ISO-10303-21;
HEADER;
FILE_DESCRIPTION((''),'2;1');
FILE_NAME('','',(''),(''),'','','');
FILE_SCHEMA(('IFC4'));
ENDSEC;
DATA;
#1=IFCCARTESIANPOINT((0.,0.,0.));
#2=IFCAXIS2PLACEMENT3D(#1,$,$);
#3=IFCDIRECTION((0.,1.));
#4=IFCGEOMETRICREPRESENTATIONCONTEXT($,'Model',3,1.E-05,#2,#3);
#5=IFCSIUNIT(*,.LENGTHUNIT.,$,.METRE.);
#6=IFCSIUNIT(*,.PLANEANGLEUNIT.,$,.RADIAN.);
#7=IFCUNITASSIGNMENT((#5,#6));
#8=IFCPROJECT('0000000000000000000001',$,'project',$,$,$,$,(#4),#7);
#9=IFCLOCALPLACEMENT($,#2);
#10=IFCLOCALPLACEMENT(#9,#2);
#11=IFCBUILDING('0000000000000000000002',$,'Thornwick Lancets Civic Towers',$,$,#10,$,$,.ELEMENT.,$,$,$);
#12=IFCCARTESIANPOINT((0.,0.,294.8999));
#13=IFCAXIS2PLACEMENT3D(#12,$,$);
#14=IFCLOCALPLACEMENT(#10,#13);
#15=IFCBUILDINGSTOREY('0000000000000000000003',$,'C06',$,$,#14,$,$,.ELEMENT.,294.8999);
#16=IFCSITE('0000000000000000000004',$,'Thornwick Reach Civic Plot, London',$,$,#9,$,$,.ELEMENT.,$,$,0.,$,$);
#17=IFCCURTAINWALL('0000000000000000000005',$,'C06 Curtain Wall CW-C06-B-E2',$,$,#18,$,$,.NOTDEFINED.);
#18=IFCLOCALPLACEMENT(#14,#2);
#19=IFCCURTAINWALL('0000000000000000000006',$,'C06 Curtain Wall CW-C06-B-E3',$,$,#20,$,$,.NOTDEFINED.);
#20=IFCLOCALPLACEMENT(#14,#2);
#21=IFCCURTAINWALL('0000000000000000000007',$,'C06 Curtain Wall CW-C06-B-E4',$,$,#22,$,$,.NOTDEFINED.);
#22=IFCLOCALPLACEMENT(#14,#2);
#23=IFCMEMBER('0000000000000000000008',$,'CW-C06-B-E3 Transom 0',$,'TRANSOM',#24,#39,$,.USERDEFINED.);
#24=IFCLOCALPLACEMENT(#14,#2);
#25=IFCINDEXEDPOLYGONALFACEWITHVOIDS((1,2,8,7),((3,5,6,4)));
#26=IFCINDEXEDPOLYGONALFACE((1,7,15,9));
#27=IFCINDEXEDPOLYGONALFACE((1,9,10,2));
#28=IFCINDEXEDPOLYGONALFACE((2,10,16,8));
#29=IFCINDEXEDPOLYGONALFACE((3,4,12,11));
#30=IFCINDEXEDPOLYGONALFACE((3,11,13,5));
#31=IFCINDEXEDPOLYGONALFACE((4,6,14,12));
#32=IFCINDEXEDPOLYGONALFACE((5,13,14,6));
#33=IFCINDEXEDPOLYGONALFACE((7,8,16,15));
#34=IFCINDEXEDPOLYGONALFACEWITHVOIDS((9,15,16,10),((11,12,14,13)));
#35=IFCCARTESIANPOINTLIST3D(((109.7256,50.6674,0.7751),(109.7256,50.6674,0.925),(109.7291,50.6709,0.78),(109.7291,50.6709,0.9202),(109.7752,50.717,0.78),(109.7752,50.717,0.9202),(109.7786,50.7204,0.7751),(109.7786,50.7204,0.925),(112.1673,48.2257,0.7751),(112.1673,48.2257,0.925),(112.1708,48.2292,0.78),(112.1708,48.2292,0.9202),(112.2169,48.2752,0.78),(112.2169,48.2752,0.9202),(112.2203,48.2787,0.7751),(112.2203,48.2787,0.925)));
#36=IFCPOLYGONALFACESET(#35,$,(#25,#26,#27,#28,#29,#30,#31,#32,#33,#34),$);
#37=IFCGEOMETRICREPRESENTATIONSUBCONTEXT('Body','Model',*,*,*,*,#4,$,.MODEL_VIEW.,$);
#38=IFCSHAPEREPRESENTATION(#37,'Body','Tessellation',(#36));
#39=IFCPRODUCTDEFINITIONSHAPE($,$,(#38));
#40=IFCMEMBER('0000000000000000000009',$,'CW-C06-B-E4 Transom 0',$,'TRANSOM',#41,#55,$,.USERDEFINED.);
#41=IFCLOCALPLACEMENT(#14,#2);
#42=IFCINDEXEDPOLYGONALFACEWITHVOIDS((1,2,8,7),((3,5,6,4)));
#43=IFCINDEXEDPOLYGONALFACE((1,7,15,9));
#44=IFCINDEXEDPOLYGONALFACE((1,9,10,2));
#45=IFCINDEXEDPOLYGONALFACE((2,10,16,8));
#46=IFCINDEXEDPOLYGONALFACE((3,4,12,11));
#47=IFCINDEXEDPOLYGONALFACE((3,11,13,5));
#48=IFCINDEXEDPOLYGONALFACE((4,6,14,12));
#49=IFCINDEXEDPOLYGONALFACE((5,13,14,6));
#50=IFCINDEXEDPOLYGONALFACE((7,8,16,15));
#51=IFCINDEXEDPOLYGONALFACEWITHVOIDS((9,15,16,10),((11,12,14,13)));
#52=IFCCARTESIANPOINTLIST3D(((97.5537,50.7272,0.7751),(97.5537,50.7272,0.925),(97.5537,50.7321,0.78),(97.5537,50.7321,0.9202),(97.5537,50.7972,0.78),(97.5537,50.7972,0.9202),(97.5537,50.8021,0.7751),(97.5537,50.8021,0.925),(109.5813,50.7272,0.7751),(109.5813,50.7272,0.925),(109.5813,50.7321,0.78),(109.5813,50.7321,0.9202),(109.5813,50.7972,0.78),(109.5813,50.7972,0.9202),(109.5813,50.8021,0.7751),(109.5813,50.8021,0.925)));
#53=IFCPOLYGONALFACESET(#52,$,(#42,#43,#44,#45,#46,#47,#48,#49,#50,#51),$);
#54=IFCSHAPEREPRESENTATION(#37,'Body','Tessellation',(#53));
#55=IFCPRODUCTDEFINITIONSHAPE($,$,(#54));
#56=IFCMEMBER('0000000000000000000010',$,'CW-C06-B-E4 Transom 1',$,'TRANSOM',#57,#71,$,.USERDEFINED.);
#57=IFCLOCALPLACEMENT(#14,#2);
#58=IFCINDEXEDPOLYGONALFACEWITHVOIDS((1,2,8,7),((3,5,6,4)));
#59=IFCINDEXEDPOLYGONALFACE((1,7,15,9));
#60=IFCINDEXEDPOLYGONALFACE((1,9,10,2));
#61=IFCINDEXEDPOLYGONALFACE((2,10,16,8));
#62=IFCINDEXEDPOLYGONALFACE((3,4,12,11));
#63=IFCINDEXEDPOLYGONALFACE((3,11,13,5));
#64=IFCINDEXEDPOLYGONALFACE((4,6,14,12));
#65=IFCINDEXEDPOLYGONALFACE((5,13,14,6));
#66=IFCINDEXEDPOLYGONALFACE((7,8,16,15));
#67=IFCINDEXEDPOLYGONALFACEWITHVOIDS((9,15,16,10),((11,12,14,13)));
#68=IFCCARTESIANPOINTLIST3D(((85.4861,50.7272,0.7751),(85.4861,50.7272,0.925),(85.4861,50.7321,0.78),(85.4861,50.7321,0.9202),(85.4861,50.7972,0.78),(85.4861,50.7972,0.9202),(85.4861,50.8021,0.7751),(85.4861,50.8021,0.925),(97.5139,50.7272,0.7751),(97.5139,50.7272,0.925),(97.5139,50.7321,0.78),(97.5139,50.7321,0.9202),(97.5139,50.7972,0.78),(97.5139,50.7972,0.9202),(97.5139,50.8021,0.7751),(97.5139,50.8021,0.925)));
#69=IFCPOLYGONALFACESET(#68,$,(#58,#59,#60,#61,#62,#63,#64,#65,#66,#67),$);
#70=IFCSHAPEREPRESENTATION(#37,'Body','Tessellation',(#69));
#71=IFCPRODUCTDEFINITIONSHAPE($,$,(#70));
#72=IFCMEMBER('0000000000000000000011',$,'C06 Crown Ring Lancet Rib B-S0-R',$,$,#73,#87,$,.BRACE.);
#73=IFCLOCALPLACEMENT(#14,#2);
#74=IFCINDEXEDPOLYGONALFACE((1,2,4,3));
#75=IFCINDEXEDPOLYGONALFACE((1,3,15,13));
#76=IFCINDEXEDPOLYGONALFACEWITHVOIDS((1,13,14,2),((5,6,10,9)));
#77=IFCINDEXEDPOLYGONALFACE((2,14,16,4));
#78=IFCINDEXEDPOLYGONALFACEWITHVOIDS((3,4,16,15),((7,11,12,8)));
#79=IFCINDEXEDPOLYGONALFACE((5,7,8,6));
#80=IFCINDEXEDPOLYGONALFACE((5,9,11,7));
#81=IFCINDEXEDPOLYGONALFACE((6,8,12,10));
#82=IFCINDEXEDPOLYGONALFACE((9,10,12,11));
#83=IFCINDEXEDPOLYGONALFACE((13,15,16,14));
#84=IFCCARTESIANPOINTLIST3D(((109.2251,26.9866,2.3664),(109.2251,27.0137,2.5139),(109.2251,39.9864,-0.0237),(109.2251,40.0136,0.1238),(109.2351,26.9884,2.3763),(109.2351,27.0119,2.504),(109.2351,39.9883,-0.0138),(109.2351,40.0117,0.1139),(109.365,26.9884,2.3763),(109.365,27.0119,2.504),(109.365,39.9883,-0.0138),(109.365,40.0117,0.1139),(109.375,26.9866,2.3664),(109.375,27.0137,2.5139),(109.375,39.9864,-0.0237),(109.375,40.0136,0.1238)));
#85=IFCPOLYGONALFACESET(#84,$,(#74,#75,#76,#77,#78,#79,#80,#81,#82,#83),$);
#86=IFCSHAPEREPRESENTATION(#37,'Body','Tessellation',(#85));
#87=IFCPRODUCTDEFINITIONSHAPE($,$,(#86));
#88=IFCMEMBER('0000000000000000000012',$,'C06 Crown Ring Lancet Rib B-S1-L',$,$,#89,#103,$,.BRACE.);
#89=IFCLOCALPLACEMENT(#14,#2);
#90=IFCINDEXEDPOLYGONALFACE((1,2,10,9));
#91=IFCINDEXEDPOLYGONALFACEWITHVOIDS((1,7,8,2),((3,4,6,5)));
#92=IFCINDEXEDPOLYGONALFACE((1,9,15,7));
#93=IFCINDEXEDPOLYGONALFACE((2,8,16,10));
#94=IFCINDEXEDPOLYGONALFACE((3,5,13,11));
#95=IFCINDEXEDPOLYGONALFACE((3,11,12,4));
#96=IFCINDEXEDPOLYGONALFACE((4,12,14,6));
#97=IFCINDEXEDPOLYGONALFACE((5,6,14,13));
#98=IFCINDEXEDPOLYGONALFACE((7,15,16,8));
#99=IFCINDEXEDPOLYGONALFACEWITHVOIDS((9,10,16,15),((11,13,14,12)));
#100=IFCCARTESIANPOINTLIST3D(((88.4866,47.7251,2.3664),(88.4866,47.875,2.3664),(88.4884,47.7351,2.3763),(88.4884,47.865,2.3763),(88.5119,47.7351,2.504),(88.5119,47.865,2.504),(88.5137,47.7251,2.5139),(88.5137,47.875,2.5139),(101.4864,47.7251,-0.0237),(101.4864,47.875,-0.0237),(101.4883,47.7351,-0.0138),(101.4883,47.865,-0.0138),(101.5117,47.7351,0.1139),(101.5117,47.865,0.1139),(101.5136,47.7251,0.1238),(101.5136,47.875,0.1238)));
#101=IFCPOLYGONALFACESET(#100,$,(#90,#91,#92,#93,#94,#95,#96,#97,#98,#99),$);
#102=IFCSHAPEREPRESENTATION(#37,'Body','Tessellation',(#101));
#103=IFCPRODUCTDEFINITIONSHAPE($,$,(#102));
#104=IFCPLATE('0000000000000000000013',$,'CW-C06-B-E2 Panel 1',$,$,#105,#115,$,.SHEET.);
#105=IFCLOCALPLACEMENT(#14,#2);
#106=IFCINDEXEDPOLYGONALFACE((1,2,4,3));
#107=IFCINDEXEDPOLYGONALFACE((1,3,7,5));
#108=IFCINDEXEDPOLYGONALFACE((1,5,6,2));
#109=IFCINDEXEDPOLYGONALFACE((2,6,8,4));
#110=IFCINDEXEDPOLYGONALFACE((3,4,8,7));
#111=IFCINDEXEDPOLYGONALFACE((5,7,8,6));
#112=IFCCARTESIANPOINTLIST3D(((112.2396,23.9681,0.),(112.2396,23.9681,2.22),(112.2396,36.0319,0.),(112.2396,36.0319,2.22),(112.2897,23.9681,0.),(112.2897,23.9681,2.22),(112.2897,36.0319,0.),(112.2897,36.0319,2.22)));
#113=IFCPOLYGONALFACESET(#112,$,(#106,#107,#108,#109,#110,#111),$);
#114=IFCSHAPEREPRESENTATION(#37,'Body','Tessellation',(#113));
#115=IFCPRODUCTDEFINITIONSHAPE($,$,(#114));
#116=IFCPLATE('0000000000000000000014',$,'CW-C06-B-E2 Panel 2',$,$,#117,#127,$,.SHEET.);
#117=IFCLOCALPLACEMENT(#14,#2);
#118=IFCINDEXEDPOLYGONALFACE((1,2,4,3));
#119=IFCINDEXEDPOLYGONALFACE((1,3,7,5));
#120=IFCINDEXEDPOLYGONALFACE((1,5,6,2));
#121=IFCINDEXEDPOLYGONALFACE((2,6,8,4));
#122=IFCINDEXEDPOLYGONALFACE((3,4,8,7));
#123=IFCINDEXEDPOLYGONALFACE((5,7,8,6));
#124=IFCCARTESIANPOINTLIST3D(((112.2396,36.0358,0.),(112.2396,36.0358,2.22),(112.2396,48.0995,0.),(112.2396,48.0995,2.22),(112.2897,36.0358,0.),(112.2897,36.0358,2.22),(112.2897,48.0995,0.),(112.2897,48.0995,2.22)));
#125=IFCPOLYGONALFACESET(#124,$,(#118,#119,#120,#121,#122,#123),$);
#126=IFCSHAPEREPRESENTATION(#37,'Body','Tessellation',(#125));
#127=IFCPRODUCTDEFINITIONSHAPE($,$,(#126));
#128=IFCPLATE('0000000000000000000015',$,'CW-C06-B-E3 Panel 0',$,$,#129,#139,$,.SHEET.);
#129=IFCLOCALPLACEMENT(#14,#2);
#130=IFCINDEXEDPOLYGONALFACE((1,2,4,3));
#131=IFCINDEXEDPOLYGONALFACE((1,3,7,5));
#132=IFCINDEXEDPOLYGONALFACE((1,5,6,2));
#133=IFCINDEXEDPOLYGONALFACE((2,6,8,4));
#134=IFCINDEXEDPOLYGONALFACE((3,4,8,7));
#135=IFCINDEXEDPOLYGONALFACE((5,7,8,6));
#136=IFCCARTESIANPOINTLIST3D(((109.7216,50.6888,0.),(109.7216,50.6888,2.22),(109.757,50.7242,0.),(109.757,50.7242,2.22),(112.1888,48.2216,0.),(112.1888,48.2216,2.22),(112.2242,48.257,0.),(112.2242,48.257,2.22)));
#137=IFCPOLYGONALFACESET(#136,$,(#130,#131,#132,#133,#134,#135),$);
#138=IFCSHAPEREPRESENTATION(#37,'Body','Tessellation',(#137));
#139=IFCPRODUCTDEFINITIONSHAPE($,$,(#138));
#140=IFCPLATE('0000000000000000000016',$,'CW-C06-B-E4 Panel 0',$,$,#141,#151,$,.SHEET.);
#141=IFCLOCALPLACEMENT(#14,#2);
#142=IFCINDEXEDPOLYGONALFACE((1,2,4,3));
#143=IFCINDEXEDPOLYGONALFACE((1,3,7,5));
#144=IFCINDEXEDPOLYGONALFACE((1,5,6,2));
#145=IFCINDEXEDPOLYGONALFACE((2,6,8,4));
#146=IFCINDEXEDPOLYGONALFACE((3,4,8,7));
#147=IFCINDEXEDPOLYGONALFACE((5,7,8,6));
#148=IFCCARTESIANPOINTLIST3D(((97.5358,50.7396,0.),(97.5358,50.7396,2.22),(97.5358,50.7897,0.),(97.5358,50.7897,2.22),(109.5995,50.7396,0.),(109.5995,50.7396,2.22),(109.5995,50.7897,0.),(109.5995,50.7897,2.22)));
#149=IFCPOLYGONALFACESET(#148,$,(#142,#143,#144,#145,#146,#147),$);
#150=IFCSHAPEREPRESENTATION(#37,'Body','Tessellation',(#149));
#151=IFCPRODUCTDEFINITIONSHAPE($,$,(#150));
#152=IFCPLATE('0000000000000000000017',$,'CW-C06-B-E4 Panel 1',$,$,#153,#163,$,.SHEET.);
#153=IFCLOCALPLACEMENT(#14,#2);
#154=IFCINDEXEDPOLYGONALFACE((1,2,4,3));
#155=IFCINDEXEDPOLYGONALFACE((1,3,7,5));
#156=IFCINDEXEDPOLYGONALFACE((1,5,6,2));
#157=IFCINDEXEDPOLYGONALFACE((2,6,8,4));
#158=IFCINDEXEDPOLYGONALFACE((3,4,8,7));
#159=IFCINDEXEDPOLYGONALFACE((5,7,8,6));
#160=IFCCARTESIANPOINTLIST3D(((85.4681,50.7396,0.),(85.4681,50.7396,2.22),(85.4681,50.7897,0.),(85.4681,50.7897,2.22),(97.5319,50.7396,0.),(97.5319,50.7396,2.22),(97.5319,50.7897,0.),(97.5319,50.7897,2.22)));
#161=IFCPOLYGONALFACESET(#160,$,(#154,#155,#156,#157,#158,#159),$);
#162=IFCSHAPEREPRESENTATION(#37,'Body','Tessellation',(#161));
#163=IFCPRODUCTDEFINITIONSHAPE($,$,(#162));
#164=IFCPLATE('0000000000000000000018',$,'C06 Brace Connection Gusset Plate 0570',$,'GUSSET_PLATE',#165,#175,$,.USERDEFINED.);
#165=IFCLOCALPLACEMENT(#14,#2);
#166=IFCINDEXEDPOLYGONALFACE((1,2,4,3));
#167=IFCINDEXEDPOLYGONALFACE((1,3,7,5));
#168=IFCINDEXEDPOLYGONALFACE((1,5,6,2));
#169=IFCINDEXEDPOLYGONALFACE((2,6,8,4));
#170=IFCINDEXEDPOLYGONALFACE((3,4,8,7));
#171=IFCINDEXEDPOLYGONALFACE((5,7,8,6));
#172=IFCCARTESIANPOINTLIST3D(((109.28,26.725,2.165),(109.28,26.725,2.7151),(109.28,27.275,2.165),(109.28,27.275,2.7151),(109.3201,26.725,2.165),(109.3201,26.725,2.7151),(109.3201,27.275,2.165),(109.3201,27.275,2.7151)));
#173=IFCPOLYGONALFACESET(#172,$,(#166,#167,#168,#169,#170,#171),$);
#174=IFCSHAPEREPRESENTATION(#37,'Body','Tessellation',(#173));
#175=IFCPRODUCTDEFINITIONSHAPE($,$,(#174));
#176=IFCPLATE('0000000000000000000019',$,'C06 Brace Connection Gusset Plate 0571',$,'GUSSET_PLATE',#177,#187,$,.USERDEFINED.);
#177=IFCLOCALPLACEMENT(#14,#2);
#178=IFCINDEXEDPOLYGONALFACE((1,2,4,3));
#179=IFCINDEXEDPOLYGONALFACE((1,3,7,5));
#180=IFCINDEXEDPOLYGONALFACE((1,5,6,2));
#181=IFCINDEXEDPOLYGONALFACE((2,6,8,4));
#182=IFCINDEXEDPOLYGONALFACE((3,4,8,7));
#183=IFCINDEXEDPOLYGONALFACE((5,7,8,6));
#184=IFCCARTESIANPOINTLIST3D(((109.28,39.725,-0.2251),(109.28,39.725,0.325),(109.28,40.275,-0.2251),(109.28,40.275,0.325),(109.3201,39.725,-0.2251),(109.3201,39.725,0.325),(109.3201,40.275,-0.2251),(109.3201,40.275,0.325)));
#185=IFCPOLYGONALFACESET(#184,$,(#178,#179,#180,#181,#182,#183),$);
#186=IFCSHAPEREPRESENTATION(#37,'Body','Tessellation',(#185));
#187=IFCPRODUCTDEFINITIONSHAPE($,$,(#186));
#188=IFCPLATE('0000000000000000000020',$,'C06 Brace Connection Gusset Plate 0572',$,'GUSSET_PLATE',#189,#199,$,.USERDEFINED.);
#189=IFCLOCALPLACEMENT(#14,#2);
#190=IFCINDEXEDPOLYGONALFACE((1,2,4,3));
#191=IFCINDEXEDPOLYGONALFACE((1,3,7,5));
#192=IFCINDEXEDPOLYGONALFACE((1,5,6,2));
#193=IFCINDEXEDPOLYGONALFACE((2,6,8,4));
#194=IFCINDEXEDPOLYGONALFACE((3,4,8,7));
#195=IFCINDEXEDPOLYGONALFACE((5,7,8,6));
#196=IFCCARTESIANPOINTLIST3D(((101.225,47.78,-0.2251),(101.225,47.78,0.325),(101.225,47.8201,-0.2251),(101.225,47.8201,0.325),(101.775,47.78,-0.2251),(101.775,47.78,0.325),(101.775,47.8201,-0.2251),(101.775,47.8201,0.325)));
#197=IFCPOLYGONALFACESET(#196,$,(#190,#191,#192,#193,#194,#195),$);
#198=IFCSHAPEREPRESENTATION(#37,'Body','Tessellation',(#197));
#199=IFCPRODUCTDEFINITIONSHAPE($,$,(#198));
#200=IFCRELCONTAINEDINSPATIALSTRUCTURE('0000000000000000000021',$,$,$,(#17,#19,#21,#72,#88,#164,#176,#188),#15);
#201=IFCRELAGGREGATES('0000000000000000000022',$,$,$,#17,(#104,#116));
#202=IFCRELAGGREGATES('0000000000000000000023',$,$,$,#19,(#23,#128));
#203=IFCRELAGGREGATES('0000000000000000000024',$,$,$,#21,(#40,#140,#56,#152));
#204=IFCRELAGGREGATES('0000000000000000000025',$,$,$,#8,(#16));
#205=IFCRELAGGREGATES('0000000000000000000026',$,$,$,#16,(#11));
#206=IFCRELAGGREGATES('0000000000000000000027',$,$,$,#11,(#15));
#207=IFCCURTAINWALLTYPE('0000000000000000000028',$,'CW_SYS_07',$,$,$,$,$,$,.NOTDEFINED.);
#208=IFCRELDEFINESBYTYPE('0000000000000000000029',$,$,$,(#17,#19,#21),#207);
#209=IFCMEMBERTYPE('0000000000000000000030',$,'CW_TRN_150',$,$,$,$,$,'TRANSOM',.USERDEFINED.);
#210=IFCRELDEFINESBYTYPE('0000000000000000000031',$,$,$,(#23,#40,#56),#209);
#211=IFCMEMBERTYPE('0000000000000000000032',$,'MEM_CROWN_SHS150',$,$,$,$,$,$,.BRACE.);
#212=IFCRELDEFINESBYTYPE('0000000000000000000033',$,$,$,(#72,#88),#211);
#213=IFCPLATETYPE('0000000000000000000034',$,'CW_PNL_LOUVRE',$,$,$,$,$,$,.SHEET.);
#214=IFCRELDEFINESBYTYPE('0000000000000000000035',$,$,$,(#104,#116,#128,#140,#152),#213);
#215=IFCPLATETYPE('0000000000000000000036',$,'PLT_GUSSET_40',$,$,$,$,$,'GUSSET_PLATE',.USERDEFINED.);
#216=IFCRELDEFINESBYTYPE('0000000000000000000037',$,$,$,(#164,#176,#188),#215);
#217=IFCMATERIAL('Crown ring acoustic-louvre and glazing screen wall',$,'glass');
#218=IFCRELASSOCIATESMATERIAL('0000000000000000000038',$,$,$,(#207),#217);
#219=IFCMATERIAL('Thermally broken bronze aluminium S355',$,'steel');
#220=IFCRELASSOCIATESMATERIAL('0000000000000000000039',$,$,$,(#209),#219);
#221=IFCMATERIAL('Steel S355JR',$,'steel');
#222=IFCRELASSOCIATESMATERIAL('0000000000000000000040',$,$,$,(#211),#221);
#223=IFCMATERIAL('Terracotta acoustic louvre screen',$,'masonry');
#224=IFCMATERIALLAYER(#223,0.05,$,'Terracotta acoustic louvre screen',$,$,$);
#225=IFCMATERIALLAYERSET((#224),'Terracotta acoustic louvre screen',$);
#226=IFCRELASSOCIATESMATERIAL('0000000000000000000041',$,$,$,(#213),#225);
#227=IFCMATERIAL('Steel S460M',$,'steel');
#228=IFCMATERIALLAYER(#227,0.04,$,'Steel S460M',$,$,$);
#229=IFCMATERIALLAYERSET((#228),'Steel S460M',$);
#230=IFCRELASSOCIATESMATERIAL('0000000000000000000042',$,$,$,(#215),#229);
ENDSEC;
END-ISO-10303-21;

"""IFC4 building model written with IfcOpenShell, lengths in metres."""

from ifc_helpers import new_model, si_unit, direction, frame, origin, origin_2d, place, context, subcontext, project, spatial, rectangle, hollow_rectangle, extrude, material, layer, layer_set, material_profile, profile_set, type_object, element, aggregate, save


model = new_model("IFC4")

# Units and contexts
model_context = context("Model", 3, precision=1e-05, world=origin(), true_north=direction((0.0, 1.0)))
body_context = subcontext(model_context, "Body", "Model", "MODEL_VIEW")
ifc_project = project(units=[si_unit("LENGTHUNIT", "METRE"), si_unit("PLANEANGLEUNIT", "RADIAN")], contexts=[model_context])

# Site, building, storey
site_placement = place(None, origin())
site = spatial("IfcSite", under=ifc_project, at=site_placement, Name="Thornwick Reach Civic Plot, London", CompositionType="ELEMENT", RefElevation=0.0)
building_placement = place(site_placement, origin())
building = spatial("IfcBuilding", under=site, at=building_placement, Name="Thornwick Lancets Civic Towers", CompositionType="ELEMENT")
storey_placement = place(building_placement, frame((0.0, 0.0, 294.8999)))
storey = spatial("IfcBuildingStorey", under=building, at=storey_placement, Name="C06", CompositionType="ELEMENT", Elevation=294.8999)

# Shared definitions
ifc_material_1 = material(Name="Steel S355JR", Category="steel")

# Curtain walls
ifc_material_2 = material(Name="Crown ring acoustic-louvre and glazing screen wall", Category="glass")
curtain_wall_type = type_object("IfcCurtainWallType", Name="CW_SYS_07", PredefinedType="NOTDEFINED", material=ifc_material_2)
curtain_wall_1_placement = place(storey_placement, origin())
curtain_wall_1 = element("IfcCurtainWall", 1, at=curtain_wall_1_placement, inside=storey, type_object=curtain_wall_type, Name="C06 Curtain Wall CW-C06-B-E2", PredefinedType="NOTDEFINED")
ifc_material_3 = material(Name="Thermally broken bronze aluminium S355", Category="steel")
curtain_wall_2_placement = place(storey_placement, origin())
curtain_wall_2 = element("IfcCurtainWall", 2, at=curtain_wall_2_placement, inside=storey, type_object=curtain_wall_type, Name="C06 Curtain Wall CW-C06-B-E3", PredefinedType="NOTDEFINED")
curtain_wall_3_placement = place(storey_placement, origin())
curtain_wall_3 = element("IfcCurtainWall", 3, at=curtain_wall_3_placement, inside=storey, type_object=curtain_wall_type, Name="C06 Curtain Wall CW-C06-B-E4", PredefinedType="NOTDEFINED")

# Members
ifc_material_profile_1 = material_profile(ifc_material_3, hollow_rectangle(XDim=0.075, YDim=0.1499, WallThickness=0.0049, at=origin_2d()), Name="RHS 150x75x5")
ifc_profile_set_1 = profile_set([ifc_material_profile_1], Name="Thermally broken bronze aluminium S355")
member_type_1 = type_object("IfcMemberType", Name="CW_TRN_150", ElementType="TRANSOM", PredefinedType="USERDEFINED", material=ifc_profile_set_1)
member_1_placement = place(storey_placement, frame((112.1938, 48.2522, 0.8501), z_axis=(-0.707107, 0.707107, 0.0), x_axis=(-0.707107, -0.707107, 0.0)))
member_1 = element("IfcMember", 4, at=member_1_placement, type_object=member_type_1, Name="CW-C06-B-E3 Transom 0", ObjectType="TRANSOM", PredefinedType="USERDEFINED", context=body_context, shape_type="SweptSolid", body=[
    extrude(hollow_rectangle(XDim=0.075, YDim=0.1499, WallThickness=0.0049, at=origin_2d()), origin(), (0.0, 0.0, 1.0), 3.4531),
])
member_2_placement = place(storey_placement, frame((109.5813, 50.7646, 0.8501), z_axis=(-1.0, 0.0, 0.0), x_axis=(0.0, -1.0, 0.0)))
member_2 = element("IfcMember", 5, at=member_2_placement, type_object=member_type_1, Name="CW-C06-B-E4 Transom 0", ObjectType="TRANSOM", PredefinedType="USERDEFINED", context=body_context, shape_type="SweptSolid", body=[
    extrude(hollow_rectangle(XDim=0.075, YDim=0.1499, WallThickness=0.0049, at=origin_2d()), origin(), (0.0, 0.0, 1.0), 12.0276),
])
member_3_placement = place(storey_placement, frame((97.5139, 50.7646, 0.8501), z_axis=(-1.0, 0.0, 0.0), x_axis=(0.0, -1.0, 0.0)))
member_3 = element("IfcMember", 6, at=member_3_placement, type_object=member_type_1, Name="CW-C06-B-E4 Transom 1", ObjectType="TRANSOM", PredefinedType="USERDEFINED", context=body_context, shape_type="SweptSolid", body=[
    extrude(hollow_rectangle(XDim=0.075, YDim=0.1499, WallThickness=0.0049, at=origin_2d()), origin(), (0.0, 0.0, 1.0), 12.0278),
])

# Members
ifc_material_profile_2 = material_profile(ifc_material_1, hollow_rectangle(XDim=0.1499, YDim=0.1499, WallThickness=0.01, at=origin_2d()), Name="SHS 150x150x10")
ifc_profile_set_2 = profile_set([ifc_material_profile_2], Name="Steel S355JR")
member_type_2 = type_object("IfcMemberType", Name="MEM_CROWN_SHS150", PredefinedType="BRACE", material=ifc_profile_set_2)
for number, where, z_axis, x_axis, name in (
    (7, (109.3, 40.0, 0.05), (0.0, -0.983515, 0.180826), (1.0, 0.0, 0.0), "C06 Crown Ring Lancet Rib B-S0-R"),
    (8, (101.5, 47.8, 0.05), (-0.983515, 0.0, 0.180826), (0.0, -1.0, 0.0), "C06 Crown Ring Lancet Rib B-S1-L"),
):
    element("IfcMember", number, at=place(storey_placement, frame(where, z_axis=z_axis, x_axis=x_axis)), inside=storey, type_object=member_type_2, Name=name, PredefinedType="BRACE", context=body_context, shape_type="SweptSolid", body=[
        extrude(hollow_rectangle(XDim=0.1499, YDim=0.1499, WallThickness=0.01, at=origin_2d()), origin(), (0.0, 0.0, 1.0), 13.2178),
    ])

# Plates
ifc_material_4 = material(Name="Terracotta acoustic louvre screen", Category="masonry")
ifc_layer_1 = layer(ifc_material_4, 0.05, Name="Terracotta acoustic louvre screen")
ifc_layer_set_1 = layer_set([ifc_layer_1], Name="Terracotta acoustic louvre screen")
plate_type_1 = type_object("IfcPlateType", Name="CW_PNL_LOUVRE", PredefinedType="SHEET", material=ifc_layer_set_1)
plate_1_placement = place(storey_placement, frame((112.2646, 30.0, 0.0), z_axis=(0.0, 0.0, 1.0), x_axis=(0.0, 1.0, 0.0)))
plate_1 = element("IfcPlate", 9, at=plate_1_placement, type_object=plate_type_1, Name="CW-C06-B-E2 Panel 1", PredefinedType="SHEET", context=body_context, shape_type="SweptSolid", body=[
    extrude(rectangle(XDim=12.0637, YDim=0.05, at=origin_2d()), origin(), (0.0, 0.0, 1.0), 2.22),
])
plate_2_placement = place(storey_placement, frame((112.2646, 42.0676, 0.0), z_axis=(0.0, 0.0, 1.0), x_axis=(0.0, 1.0, 0.0)))
plate_2 = element("IfcPlate", 10, at=plate_2_placement, type_object=plate_type_1, Name="CW-C06-B-E2 Panel 2", PredefinedType="SHEET", context=body_context, shape_type="SweptSolid", body=[
    extrude(rectangle(XDim=12.0637, YDim=0.05, at=origin_2d()), origin(), (0.0, 0.0, 1.0), 2.22),
])
aggregate(curtain_wall_1, [plate_1, plate_2])
plate_3_placement = place(storey_placement, frame((110.9729, 49.4729, 0.0), z_axis=(0.0, 0.0, 1.0), x_axis=(-0.707107, 0.707107, 0.0)))
plate_3 = element("IfcPlate", 11, at=plate_3_placement, type_object=plate_type_1, Name="CW-C06-B-E3 Panel 0", PredefinedType="SHEET", context=body_context, shape_type="SweptSolid", body=[
    extrude(rectangle(XDim=3.4893, YDim=0.05, at=origin_2d()), origin(), (0.0, 0.0, 1.0), 2.22),
])
aggregate(curtain_wall_2, [member_1, plate_3])
plate_4_placement = place(storey_placement, frame((103.5676, 50.7646, 0.0), z_axis=(0.0, 0.0, 1.0), x_axis=(-1.0, 0.0, 0.0)))
plate_4 = element("IfcPlate", 12, at=plate_4_placement, type_object=plate_type_1, Name="CW-C06-B-E4 Panel 0", PredefinedType="SHEET", context=body_context, shape_type="SweptSolid", body=[
    extrude(rectangle(XDim=12.0637, YDim=0.05, at=origin_2d()), origin(), (0.0, 0.0, 1.0), 2.22),
])
plate_5_placement = place(storey_placement, frame((91.5, 50.7646, 0.0), z_axis=(0.0, 0.0, 1.0), x_axis=(-1.0, 0.0, 0.0)))
plate_5 = element("IfcPlate", 13, at=plate_5_placement, type_object=plate_type_1, Name="CW-C06-B-E4 Panel 1", PredefinedType="SHEET", context=body_context, shape_type="SweptSolid", body=[
    extrude(rectangle(XDim=12.0637, YDim=0.05, at=origin_2d()), origin(), (0.0, 0.0, 1.0), 2.22),
])
aggregate(curtain_wall_3, [member_2, plate_4, member_3, plate_5])

# Plates
ifc_material_5 = material(Name="Steel S460M", Category="steel")
ifc_layer_2 = layer(ifc_material_5, 0.04, Name="Steel S460M")
ifc_layer_set_2 = layer_set([ifc_layer_2], Name="Steel S460M")
plate_type_2 = type_object("IfcPlateType", Name="PLT_GUSSET_40", ElementType="GUSSET_PLATE", PredefinedType="USERDEFINED", material=ifc_layer_set_2)
for number, where, z_axis, x_axis, name in (
    (14, (109.3, 27.0, 2.165), (0.0, 0.0, 1.0), (0.0, 1.0, 0.0), "C06 Brace Connection Gusset Plate 0570"),
    (15, (109.3, 40.0, -0.2251), (0.0, 0.0, 1.0), (0.0, -1.0, 0.0), "C06 Brace Connection Gusset Plate 0571"),
    (16, (101.5, 47.8, -0.2251), (0.0, 0.0, 1.0), (-1.0, 0.0, 0.0), "C06 Brace Connection Gusset Plate 0572"),
):
    element("IfcPlate", number, at=place(storey_placement, frame(where, z_axis=z_axis, x_axis=x_axis)), inside=storey, type_object=plate_type_2, Name=name, ObjectType="GUSSET_PLATE", PredefinedType="USERDEFINED", context=body_context, shape_type="SweptSolid", body=[
        extrude(rectangle(XDim=0.55, YDim=0.04, at=origin_2d()), origin(), (0.0, 0.0, 1.0), 0.55),
    ])

save(model, "model.ifc")
